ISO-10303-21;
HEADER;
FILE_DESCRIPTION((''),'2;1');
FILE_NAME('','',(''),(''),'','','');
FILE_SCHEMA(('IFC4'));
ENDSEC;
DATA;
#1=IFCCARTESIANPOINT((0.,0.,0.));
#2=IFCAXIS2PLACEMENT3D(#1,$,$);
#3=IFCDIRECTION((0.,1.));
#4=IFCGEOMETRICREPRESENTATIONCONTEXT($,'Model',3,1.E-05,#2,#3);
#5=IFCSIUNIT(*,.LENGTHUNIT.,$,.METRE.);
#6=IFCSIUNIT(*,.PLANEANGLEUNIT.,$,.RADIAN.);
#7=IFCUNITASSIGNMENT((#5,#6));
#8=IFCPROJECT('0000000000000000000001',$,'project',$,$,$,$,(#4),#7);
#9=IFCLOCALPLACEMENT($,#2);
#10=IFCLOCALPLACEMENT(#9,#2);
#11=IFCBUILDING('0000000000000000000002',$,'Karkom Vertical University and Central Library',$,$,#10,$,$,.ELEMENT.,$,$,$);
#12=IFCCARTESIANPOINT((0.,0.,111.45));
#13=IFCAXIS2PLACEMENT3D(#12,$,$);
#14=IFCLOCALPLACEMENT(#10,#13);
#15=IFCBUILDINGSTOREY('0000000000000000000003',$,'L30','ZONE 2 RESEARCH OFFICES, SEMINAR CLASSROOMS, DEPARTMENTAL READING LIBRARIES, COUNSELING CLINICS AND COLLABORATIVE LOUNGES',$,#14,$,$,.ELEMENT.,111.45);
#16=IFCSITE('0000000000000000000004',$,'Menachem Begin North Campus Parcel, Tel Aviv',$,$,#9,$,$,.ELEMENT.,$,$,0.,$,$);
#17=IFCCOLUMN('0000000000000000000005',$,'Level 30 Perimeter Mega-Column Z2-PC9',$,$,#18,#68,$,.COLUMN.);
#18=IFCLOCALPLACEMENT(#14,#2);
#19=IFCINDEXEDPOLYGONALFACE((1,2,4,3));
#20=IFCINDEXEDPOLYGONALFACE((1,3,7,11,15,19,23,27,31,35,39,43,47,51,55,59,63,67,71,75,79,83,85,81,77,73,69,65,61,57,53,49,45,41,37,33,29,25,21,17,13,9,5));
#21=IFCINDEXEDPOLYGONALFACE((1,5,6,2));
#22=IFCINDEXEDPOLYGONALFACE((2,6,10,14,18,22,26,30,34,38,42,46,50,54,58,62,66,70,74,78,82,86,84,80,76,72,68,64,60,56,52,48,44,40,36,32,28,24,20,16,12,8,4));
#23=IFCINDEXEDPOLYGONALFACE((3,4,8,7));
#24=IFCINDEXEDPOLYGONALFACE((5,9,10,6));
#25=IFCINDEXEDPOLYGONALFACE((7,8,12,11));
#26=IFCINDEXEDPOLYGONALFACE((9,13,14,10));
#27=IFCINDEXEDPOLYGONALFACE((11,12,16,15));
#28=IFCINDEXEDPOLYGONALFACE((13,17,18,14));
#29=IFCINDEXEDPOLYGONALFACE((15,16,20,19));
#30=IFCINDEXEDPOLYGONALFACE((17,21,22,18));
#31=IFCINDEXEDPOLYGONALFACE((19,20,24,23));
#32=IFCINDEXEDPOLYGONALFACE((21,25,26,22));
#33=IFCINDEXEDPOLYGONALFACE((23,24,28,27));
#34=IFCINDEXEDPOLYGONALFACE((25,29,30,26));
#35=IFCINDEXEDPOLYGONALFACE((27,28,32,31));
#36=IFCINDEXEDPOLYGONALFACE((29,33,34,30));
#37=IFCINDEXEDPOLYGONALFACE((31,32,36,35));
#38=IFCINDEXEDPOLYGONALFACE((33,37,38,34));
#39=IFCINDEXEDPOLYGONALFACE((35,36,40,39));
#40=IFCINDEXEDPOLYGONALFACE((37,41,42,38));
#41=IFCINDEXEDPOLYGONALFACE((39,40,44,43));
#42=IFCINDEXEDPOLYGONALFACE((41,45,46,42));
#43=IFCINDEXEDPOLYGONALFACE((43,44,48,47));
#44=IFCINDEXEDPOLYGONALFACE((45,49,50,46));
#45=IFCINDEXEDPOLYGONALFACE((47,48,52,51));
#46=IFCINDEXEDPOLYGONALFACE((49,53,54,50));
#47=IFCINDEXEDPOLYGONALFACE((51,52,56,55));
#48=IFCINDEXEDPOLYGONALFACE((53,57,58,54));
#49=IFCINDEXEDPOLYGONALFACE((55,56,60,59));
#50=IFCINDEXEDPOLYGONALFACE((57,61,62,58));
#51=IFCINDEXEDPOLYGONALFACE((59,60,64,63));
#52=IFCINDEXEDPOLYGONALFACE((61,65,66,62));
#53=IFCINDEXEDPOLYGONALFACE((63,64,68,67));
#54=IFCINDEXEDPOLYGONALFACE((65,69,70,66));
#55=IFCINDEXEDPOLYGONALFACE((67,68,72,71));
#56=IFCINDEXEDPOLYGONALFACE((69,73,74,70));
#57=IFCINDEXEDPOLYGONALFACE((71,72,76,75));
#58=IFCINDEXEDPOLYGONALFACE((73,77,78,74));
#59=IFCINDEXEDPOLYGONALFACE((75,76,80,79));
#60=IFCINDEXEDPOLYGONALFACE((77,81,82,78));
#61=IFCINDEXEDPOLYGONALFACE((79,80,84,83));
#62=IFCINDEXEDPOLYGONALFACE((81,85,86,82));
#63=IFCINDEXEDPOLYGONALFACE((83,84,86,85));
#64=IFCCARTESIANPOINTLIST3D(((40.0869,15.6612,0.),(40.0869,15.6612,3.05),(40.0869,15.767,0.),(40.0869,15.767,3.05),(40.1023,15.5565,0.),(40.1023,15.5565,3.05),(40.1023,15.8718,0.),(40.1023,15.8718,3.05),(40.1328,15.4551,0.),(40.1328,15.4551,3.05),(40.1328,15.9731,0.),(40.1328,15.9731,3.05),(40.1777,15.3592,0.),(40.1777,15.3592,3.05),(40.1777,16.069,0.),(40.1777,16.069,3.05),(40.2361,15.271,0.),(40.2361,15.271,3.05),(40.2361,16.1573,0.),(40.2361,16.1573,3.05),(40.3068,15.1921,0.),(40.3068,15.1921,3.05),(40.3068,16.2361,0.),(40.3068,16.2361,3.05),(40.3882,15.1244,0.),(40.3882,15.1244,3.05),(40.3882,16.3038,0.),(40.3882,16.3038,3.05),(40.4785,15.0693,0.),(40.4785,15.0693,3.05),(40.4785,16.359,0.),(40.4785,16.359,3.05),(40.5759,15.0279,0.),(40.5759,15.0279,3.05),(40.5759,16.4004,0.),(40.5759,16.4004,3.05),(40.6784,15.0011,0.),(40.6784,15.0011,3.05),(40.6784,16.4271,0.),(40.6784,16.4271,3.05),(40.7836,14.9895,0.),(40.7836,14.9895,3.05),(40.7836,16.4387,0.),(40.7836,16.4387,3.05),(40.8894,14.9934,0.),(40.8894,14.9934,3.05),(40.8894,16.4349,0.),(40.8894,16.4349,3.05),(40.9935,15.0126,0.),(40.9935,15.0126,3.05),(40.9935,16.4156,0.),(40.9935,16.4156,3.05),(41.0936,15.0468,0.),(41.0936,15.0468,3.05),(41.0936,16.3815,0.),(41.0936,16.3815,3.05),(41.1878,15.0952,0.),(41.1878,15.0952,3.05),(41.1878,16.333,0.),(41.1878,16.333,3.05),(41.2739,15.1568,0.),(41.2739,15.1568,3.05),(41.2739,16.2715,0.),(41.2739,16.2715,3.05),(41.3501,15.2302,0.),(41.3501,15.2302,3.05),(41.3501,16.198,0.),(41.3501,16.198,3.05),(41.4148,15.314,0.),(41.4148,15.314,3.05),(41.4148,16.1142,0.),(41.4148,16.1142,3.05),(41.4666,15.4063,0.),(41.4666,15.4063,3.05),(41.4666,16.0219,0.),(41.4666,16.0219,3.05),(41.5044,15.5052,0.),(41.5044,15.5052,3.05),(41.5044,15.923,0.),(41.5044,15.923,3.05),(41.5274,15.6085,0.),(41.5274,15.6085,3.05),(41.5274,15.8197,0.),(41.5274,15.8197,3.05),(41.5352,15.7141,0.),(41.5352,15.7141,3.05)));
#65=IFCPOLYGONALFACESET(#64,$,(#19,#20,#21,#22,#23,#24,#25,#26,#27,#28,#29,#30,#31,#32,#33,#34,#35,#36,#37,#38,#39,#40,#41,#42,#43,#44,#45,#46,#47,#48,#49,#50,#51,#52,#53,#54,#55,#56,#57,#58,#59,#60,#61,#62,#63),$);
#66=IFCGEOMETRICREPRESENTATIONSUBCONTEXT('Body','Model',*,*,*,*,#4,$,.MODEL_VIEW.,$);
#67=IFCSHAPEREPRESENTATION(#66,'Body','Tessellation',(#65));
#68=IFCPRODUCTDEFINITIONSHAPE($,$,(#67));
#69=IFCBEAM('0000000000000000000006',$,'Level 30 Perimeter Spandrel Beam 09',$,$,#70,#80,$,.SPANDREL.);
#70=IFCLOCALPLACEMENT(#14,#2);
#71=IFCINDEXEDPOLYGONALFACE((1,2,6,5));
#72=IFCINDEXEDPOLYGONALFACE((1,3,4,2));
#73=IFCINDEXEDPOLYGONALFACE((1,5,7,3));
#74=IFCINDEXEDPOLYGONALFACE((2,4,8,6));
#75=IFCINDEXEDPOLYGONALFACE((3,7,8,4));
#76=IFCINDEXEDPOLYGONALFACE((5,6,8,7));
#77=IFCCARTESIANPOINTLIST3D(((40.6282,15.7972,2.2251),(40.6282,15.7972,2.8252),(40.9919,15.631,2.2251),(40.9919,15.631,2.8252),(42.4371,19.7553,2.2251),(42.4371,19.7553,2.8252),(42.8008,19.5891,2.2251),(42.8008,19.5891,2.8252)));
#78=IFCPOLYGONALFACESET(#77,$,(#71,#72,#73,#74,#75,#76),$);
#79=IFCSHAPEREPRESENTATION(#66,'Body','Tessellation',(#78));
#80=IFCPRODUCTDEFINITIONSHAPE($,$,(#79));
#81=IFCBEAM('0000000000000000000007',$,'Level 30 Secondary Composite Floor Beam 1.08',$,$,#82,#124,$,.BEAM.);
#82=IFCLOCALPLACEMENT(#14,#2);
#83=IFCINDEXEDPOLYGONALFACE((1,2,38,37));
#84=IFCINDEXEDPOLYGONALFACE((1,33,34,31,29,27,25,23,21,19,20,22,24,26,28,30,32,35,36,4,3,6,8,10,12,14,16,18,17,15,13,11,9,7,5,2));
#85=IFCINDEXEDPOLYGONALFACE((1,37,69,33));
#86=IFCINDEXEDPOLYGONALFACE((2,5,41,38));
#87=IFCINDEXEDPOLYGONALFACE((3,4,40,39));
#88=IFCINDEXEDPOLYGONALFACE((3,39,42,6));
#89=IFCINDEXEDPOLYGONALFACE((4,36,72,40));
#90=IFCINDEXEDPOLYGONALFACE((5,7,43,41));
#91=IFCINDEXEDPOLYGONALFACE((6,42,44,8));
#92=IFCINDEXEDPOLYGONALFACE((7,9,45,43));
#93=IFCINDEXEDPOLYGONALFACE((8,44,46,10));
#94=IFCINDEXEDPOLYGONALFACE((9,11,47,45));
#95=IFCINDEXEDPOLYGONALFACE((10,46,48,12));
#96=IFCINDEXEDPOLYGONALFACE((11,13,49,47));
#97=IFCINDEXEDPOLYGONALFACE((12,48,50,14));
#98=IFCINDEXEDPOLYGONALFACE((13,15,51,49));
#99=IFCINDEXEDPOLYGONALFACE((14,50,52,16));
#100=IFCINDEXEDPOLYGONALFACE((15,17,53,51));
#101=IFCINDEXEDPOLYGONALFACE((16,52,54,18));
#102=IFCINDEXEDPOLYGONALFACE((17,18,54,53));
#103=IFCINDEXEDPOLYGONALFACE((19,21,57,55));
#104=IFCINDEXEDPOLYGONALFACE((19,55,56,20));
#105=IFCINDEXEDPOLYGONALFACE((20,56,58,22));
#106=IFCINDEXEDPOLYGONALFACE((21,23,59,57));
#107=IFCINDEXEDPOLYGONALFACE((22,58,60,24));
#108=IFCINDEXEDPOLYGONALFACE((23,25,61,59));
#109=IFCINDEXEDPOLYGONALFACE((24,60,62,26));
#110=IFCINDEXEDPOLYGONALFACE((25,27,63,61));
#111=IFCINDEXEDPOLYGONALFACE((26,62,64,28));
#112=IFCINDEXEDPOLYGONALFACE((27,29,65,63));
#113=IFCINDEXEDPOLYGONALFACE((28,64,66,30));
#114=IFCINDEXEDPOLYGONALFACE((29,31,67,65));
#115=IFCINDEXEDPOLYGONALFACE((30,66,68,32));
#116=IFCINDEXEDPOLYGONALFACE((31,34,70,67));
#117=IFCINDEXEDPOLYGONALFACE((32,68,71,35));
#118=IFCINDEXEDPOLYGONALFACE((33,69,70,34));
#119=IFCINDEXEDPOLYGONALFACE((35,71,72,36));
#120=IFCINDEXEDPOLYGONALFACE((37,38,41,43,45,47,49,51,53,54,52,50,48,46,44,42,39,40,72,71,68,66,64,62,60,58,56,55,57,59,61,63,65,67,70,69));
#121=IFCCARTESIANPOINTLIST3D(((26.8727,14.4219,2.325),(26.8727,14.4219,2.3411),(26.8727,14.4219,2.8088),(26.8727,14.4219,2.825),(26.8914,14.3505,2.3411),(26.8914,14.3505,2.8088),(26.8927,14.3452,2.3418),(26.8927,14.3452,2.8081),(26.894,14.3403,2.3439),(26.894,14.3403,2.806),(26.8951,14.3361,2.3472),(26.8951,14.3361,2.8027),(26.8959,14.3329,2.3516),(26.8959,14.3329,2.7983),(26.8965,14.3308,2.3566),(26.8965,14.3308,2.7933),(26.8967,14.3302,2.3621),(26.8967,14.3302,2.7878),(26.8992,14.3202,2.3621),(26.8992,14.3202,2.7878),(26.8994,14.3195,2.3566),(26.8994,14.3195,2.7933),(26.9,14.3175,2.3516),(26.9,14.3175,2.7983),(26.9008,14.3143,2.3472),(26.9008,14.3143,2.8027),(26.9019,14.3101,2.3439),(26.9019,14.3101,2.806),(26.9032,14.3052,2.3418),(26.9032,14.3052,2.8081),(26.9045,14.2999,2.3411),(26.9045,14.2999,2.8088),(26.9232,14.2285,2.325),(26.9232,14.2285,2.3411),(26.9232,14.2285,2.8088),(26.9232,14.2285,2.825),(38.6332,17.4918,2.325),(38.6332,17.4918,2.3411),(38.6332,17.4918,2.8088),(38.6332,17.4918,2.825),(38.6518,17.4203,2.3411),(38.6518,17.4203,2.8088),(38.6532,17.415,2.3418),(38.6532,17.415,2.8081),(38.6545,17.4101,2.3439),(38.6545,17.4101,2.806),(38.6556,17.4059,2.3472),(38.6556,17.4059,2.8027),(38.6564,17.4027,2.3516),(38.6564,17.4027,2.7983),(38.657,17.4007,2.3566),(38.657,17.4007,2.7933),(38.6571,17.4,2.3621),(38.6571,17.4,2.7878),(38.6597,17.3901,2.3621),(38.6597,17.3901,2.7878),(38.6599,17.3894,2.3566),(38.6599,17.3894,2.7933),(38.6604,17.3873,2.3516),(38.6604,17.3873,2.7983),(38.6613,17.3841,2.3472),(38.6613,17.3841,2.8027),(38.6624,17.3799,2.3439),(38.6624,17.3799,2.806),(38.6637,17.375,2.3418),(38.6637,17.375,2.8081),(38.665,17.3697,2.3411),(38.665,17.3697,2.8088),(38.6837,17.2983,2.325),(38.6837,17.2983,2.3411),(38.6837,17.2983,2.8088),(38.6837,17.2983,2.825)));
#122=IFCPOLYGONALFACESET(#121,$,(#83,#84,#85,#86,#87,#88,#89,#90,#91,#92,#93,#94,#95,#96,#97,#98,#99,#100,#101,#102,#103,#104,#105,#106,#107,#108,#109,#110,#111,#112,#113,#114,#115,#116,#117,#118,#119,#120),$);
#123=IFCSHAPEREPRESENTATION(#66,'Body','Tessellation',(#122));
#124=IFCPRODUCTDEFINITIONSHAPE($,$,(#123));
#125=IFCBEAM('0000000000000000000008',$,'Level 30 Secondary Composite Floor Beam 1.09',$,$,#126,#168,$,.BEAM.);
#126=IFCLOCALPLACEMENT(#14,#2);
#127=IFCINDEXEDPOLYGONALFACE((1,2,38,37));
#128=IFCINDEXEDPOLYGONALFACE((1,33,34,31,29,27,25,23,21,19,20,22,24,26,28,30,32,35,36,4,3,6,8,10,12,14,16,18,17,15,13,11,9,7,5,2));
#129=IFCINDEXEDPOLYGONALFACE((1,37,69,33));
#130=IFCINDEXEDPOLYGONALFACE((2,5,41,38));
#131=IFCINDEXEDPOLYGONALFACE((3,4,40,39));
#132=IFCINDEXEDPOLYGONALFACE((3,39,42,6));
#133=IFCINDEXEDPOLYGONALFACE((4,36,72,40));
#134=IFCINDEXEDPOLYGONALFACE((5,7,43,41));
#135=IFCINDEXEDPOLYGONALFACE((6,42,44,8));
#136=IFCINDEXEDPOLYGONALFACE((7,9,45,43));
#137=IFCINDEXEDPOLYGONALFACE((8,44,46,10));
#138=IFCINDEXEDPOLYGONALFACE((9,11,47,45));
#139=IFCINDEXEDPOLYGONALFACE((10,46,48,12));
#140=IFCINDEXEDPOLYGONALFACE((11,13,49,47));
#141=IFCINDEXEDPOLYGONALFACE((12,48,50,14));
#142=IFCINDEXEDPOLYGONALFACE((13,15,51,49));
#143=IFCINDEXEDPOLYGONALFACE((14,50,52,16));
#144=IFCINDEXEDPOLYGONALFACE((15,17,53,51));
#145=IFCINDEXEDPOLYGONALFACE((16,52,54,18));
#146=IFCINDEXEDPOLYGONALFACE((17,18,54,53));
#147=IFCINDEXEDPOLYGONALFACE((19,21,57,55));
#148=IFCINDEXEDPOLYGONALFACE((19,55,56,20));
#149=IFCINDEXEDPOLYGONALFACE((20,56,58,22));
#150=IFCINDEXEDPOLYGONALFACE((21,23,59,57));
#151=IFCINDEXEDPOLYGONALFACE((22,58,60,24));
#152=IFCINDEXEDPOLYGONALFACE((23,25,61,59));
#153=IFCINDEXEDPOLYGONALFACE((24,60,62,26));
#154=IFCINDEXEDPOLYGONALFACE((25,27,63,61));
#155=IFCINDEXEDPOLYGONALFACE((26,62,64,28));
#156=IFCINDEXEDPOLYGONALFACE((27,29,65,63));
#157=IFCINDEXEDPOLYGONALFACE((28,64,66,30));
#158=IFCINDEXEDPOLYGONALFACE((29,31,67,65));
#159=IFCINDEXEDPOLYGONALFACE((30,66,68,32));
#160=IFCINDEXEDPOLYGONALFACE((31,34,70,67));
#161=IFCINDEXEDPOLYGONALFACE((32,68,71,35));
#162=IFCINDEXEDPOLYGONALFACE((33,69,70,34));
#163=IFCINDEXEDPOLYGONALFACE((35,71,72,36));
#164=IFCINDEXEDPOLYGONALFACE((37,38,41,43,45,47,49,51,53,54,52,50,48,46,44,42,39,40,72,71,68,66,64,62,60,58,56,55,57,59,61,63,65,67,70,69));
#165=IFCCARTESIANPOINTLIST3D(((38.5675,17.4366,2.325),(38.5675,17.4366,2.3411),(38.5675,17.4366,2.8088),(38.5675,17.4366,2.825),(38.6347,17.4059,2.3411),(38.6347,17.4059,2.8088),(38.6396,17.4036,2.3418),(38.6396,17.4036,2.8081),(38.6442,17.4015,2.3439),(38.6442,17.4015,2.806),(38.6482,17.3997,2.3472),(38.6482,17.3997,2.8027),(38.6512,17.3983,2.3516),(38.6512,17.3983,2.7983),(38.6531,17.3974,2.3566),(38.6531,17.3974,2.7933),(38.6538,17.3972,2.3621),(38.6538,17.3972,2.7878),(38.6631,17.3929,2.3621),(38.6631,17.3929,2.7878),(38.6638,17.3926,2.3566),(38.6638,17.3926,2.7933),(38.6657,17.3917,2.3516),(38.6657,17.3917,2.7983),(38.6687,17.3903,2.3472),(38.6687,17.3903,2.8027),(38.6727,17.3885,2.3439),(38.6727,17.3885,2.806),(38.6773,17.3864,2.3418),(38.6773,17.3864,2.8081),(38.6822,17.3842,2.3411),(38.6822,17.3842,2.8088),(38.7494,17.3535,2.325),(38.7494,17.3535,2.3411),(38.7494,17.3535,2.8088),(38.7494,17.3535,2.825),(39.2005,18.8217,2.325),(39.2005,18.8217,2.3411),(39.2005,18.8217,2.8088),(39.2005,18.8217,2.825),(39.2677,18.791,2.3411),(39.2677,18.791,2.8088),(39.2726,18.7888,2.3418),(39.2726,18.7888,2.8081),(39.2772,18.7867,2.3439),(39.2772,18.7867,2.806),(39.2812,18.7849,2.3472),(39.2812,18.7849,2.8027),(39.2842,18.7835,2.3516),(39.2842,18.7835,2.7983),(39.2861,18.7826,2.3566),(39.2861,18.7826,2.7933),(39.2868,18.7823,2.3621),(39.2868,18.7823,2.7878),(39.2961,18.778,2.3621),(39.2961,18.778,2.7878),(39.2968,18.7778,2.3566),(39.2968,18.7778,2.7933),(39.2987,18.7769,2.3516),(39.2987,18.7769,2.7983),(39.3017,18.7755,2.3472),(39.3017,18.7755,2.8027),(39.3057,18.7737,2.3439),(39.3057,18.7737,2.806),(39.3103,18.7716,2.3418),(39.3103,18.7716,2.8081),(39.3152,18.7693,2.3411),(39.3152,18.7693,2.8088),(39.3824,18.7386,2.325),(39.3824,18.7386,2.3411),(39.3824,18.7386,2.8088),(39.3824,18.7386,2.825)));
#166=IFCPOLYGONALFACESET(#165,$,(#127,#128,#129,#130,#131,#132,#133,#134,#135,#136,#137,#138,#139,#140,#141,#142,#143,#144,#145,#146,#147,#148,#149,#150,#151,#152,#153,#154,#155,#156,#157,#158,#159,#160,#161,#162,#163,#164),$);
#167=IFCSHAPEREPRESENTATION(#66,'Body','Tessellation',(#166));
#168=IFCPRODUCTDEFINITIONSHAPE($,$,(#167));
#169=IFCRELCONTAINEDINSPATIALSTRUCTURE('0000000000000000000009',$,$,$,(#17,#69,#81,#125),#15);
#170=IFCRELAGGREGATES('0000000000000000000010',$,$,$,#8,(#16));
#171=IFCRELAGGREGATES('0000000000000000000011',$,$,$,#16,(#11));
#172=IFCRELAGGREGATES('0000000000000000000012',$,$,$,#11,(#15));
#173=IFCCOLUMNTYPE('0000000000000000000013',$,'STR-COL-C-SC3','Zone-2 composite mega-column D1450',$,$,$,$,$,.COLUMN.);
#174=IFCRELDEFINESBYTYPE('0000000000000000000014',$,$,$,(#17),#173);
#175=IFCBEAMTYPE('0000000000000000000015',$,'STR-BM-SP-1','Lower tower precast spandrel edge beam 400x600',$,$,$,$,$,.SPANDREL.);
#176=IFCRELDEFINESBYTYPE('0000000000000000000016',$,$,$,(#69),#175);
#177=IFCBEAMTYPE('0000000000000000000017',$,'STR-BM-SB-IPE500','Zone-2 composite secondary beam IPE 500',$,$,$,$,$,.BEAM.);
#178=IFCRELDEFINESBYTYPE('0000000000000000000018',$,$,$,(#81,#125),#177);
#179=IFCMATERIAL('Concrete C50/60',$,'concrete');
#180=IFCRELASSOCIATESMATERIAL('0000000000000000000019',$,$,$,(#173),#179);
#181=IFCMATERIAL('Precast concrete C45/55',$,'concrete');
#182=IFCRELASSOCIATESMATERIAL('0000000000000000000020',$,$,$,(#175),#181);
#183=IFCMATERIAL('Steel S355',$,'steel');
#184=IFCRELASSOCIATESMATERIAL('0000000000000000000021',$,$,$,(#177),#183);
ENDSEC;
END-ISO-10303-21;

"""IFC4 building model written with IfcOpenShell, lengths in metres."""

from ifc_helpers import new_model, si_unit, direction, frame, origin, origin_with_axes, origin_2d, place, context, subcontext, project, spatial, rectangle, circle, i_section, extrude, source, transform, mapped, material, material_profile, profile_set, type_object, element, save


model = new_model("IFC4")

# Units and contexts
model_context = context("Model", 3, precision=1e-05, world=origin(), true_north=direction((0.0, 1.0)))
body_context = subcontext(model_context, "Body", "Model", "MODEL_VIEW")
ifc_project = project(units=[si_unit("LENGTHUNIT", "METRE"), si_unit("PLANEANGLEUNIT", "RADIAN")], contexts=[model_context])

# Site, building, storey
site_placement = place(None, origin())
site = spatial("IfcSite", under=ifc_project, at=site_placement, Name="Menachem Begin North Campus Parcel, Tel Aviv", CompositionType="ELEMENT", RefElevation=0.0)
building_placement = place(site_placement, origin())
building = spatial("IfcBuilding", under=site, at=building_placement, Name="Karkom Vertical University and Central Library", CompositionType="ELEMENT")
storey_placement = place(building_placement, frame((0.0, 0.0, 111.45)))
storey = spatial("IfcBuildingStorey", under=building, at=storey_placement, Name="L30", Description="ZONE 2 RESEARCH OFFICES, SEMINAR CLASSROOMS, DEPARTMENTAL READING LIBRARIES, COUNSELING CLINICS AND COLLABORATIVE LOUNGES", CompositionType="ELEMENT", Elevation=111.45)

# Column
ifc_material_1 = material(Name="Concrete C50/60", Category="concrete")
ifc_material_profile_1 = material_profile(ifc_material_1, circle(Radius=0.7251, at=origin_2d()), Name="CFT-D1450")
ifc_profile_set_1 = profile_set([ifc_material_profile_1], Name="Concrete C50/60")
column_type = type_object("IfcColumnType", Name="STR-COL-C-SC3", Description="Zone-2 composite mega-column D1450", PredefinedType="COLUMN", material=ifc_profile_set_1)
shared_shape_1 = source(origin_with_axes(), body_context, "Body", "SweptSolid", [
    extrude(circle(Radius=0.7251, at=origin_2d()), origin(), (0.0, 0.0, 1.0), 3.05),
])
column_placement = place(storey_placement, frame((40.8101, 15.7141, 0.0), z_axis=(0.0, 0.0, 1.0), x_axis=(1.0, 0.0, 0.0)))
element("IfcColumn", 1, at=column_placement, inside=storey, type_object=column_type, Name="Level 30 Perimeter Mega-Column Z2-PC9", PredefinedType="COLUMN", context=body_context, shape_type="MappedRepresentation", body=[
    mapped(shared_shape_1, transform((0.0, 0.0, 0.0), scale=1.0)),
])

# Beams
ifc_material_2 = material(Name="Precast concrete C45/55", Category="concrete")
ifc_material_profile_2 = material_profile(ifc_material_2, rectangle(XDim=0.3999, YDim=0.6001, at=origin_2d()), Name="SPB-400x600")
ifc_profile_set_2 = profile_set([ifc_material_profile_2], Name="Precast concrete C45/55")
beam_type_1 = type_object("IfcBeamType", Name="STR-BM-SP-1", Description="Lower tower precast spandrel edge beam 400x600", PredefinedType="SPANDREL", material=ifc_profile_set_2)
shared_shape_2 = source(origin_with_axes(), body_context, "Body", "SweptSolid", [
    extrude(rectangle(XDim=0.3999, YDim=0.6001, at=origin_2d()), origin(), (0.0, 0.0, 1.0), 4.3518),
])
beam_1_placement = place(storey_placement, frame((40.8101, 15.7141, 2.5251), z_axis=(0.415658, 0.909521, 0.0), x_axis=(-0.909521, 0.415658, 0.0)))
element("IfcBeam", 2, at=beam_1_placement, inside=storey, type_object=beam_type_1, Name="Level 30 Perimeter Spandrel Beam 09", PredefinedType="SPANDREL", context=body_context, shape_type="MappedRepresentation", body=[
    mapped(shared_shape_2, transform((0.0, 0.0, 0.0), scale=1.0)),
])
ifc_material_3 = material(Name="Steel S355", Category="steel")
ifc_material_profile_3 = material_profile(ifc_material_3, i_section(OverallWidth=0.2, OverallDepth=0.5, WebThickness=0.0103, FlangeThickness=0.0161, FilletRadius=0.021, at=origin_2d()), Name="IPE 500")
ifc_profile_set_3 = profile_set([ifc_material_profile_3], Name="Steel S355")
beam_type_2 = type_object("IfcBeamType", Name="STR-BM-SB-IPE500", Description="Zone-2 composite secondary beam IPE 500", PredefinedType="BEAM", material=ifc_profile_set_3)
shared_shape_3 = source(origin_with_axes(), body_context, "Body", "SweptSolid", [
    extrude(i_section(OverallWidth=0.2, OverallDepth=0.5, WebThickness=0.0103, FlangeThickness=0.0161, FilletRadius=0.021, at=origin_2d()), origin(), (0.0, 0.0, 1.0), 12.1545),
])
beam_2_placement = place(storey_placement, frame((26.8979, 14.3252, 2.575), z_axis=(0.96758, 0.252566, 0.0), x_axis=(-0.252566, 0.96758, 0.0)))
element("IfcBeam", 3, at=beam_2_placement, inside=storey, type_object=beam_type_2, Name="Level 30 Secondary Composite Floor Beam 1.08", PredefinedType="BEAM", context=body_context, shape_type="MappedRepresentation", body=[
    mapped(shared_shape_3, transform((0.0, 0.0, 0.0), scale=1.0)),
])
shared_shape_4 = source(origin_with_axes(), body_context, "Body", "SweptSolid", [
    extrude(i_section(OverallWidth=0.2, OverallDepth=0.5, WebThickness=0.0103, FlangeThickness=0.0161, FilletRadius=0.021, at=origin_2d()), origin(), (0.0, 0.0, 1.0), 1.5229),
])
beam_3_placement = place(storey_placement, frame((38.6584, 17.395, 2.575), z_axis=(0.41565, 0.909525, 0.0), x_axis=(-0.909525, 0.41565, 0.0)))
element("IfcBeam", 4, at=beam_3_placement, inside=storey, type_object=beam_type_2, Name="Level 30 Secondary Composite Floor Beam 1.09", PredefinedType="BEAM", context=body_context, shape_type="MappedRepresentation", body=[
    mapped(shared_shape_4, transform((0.0, 0.0, 0.0), scale=1.0)),
])

save(model, "model.ifc")
